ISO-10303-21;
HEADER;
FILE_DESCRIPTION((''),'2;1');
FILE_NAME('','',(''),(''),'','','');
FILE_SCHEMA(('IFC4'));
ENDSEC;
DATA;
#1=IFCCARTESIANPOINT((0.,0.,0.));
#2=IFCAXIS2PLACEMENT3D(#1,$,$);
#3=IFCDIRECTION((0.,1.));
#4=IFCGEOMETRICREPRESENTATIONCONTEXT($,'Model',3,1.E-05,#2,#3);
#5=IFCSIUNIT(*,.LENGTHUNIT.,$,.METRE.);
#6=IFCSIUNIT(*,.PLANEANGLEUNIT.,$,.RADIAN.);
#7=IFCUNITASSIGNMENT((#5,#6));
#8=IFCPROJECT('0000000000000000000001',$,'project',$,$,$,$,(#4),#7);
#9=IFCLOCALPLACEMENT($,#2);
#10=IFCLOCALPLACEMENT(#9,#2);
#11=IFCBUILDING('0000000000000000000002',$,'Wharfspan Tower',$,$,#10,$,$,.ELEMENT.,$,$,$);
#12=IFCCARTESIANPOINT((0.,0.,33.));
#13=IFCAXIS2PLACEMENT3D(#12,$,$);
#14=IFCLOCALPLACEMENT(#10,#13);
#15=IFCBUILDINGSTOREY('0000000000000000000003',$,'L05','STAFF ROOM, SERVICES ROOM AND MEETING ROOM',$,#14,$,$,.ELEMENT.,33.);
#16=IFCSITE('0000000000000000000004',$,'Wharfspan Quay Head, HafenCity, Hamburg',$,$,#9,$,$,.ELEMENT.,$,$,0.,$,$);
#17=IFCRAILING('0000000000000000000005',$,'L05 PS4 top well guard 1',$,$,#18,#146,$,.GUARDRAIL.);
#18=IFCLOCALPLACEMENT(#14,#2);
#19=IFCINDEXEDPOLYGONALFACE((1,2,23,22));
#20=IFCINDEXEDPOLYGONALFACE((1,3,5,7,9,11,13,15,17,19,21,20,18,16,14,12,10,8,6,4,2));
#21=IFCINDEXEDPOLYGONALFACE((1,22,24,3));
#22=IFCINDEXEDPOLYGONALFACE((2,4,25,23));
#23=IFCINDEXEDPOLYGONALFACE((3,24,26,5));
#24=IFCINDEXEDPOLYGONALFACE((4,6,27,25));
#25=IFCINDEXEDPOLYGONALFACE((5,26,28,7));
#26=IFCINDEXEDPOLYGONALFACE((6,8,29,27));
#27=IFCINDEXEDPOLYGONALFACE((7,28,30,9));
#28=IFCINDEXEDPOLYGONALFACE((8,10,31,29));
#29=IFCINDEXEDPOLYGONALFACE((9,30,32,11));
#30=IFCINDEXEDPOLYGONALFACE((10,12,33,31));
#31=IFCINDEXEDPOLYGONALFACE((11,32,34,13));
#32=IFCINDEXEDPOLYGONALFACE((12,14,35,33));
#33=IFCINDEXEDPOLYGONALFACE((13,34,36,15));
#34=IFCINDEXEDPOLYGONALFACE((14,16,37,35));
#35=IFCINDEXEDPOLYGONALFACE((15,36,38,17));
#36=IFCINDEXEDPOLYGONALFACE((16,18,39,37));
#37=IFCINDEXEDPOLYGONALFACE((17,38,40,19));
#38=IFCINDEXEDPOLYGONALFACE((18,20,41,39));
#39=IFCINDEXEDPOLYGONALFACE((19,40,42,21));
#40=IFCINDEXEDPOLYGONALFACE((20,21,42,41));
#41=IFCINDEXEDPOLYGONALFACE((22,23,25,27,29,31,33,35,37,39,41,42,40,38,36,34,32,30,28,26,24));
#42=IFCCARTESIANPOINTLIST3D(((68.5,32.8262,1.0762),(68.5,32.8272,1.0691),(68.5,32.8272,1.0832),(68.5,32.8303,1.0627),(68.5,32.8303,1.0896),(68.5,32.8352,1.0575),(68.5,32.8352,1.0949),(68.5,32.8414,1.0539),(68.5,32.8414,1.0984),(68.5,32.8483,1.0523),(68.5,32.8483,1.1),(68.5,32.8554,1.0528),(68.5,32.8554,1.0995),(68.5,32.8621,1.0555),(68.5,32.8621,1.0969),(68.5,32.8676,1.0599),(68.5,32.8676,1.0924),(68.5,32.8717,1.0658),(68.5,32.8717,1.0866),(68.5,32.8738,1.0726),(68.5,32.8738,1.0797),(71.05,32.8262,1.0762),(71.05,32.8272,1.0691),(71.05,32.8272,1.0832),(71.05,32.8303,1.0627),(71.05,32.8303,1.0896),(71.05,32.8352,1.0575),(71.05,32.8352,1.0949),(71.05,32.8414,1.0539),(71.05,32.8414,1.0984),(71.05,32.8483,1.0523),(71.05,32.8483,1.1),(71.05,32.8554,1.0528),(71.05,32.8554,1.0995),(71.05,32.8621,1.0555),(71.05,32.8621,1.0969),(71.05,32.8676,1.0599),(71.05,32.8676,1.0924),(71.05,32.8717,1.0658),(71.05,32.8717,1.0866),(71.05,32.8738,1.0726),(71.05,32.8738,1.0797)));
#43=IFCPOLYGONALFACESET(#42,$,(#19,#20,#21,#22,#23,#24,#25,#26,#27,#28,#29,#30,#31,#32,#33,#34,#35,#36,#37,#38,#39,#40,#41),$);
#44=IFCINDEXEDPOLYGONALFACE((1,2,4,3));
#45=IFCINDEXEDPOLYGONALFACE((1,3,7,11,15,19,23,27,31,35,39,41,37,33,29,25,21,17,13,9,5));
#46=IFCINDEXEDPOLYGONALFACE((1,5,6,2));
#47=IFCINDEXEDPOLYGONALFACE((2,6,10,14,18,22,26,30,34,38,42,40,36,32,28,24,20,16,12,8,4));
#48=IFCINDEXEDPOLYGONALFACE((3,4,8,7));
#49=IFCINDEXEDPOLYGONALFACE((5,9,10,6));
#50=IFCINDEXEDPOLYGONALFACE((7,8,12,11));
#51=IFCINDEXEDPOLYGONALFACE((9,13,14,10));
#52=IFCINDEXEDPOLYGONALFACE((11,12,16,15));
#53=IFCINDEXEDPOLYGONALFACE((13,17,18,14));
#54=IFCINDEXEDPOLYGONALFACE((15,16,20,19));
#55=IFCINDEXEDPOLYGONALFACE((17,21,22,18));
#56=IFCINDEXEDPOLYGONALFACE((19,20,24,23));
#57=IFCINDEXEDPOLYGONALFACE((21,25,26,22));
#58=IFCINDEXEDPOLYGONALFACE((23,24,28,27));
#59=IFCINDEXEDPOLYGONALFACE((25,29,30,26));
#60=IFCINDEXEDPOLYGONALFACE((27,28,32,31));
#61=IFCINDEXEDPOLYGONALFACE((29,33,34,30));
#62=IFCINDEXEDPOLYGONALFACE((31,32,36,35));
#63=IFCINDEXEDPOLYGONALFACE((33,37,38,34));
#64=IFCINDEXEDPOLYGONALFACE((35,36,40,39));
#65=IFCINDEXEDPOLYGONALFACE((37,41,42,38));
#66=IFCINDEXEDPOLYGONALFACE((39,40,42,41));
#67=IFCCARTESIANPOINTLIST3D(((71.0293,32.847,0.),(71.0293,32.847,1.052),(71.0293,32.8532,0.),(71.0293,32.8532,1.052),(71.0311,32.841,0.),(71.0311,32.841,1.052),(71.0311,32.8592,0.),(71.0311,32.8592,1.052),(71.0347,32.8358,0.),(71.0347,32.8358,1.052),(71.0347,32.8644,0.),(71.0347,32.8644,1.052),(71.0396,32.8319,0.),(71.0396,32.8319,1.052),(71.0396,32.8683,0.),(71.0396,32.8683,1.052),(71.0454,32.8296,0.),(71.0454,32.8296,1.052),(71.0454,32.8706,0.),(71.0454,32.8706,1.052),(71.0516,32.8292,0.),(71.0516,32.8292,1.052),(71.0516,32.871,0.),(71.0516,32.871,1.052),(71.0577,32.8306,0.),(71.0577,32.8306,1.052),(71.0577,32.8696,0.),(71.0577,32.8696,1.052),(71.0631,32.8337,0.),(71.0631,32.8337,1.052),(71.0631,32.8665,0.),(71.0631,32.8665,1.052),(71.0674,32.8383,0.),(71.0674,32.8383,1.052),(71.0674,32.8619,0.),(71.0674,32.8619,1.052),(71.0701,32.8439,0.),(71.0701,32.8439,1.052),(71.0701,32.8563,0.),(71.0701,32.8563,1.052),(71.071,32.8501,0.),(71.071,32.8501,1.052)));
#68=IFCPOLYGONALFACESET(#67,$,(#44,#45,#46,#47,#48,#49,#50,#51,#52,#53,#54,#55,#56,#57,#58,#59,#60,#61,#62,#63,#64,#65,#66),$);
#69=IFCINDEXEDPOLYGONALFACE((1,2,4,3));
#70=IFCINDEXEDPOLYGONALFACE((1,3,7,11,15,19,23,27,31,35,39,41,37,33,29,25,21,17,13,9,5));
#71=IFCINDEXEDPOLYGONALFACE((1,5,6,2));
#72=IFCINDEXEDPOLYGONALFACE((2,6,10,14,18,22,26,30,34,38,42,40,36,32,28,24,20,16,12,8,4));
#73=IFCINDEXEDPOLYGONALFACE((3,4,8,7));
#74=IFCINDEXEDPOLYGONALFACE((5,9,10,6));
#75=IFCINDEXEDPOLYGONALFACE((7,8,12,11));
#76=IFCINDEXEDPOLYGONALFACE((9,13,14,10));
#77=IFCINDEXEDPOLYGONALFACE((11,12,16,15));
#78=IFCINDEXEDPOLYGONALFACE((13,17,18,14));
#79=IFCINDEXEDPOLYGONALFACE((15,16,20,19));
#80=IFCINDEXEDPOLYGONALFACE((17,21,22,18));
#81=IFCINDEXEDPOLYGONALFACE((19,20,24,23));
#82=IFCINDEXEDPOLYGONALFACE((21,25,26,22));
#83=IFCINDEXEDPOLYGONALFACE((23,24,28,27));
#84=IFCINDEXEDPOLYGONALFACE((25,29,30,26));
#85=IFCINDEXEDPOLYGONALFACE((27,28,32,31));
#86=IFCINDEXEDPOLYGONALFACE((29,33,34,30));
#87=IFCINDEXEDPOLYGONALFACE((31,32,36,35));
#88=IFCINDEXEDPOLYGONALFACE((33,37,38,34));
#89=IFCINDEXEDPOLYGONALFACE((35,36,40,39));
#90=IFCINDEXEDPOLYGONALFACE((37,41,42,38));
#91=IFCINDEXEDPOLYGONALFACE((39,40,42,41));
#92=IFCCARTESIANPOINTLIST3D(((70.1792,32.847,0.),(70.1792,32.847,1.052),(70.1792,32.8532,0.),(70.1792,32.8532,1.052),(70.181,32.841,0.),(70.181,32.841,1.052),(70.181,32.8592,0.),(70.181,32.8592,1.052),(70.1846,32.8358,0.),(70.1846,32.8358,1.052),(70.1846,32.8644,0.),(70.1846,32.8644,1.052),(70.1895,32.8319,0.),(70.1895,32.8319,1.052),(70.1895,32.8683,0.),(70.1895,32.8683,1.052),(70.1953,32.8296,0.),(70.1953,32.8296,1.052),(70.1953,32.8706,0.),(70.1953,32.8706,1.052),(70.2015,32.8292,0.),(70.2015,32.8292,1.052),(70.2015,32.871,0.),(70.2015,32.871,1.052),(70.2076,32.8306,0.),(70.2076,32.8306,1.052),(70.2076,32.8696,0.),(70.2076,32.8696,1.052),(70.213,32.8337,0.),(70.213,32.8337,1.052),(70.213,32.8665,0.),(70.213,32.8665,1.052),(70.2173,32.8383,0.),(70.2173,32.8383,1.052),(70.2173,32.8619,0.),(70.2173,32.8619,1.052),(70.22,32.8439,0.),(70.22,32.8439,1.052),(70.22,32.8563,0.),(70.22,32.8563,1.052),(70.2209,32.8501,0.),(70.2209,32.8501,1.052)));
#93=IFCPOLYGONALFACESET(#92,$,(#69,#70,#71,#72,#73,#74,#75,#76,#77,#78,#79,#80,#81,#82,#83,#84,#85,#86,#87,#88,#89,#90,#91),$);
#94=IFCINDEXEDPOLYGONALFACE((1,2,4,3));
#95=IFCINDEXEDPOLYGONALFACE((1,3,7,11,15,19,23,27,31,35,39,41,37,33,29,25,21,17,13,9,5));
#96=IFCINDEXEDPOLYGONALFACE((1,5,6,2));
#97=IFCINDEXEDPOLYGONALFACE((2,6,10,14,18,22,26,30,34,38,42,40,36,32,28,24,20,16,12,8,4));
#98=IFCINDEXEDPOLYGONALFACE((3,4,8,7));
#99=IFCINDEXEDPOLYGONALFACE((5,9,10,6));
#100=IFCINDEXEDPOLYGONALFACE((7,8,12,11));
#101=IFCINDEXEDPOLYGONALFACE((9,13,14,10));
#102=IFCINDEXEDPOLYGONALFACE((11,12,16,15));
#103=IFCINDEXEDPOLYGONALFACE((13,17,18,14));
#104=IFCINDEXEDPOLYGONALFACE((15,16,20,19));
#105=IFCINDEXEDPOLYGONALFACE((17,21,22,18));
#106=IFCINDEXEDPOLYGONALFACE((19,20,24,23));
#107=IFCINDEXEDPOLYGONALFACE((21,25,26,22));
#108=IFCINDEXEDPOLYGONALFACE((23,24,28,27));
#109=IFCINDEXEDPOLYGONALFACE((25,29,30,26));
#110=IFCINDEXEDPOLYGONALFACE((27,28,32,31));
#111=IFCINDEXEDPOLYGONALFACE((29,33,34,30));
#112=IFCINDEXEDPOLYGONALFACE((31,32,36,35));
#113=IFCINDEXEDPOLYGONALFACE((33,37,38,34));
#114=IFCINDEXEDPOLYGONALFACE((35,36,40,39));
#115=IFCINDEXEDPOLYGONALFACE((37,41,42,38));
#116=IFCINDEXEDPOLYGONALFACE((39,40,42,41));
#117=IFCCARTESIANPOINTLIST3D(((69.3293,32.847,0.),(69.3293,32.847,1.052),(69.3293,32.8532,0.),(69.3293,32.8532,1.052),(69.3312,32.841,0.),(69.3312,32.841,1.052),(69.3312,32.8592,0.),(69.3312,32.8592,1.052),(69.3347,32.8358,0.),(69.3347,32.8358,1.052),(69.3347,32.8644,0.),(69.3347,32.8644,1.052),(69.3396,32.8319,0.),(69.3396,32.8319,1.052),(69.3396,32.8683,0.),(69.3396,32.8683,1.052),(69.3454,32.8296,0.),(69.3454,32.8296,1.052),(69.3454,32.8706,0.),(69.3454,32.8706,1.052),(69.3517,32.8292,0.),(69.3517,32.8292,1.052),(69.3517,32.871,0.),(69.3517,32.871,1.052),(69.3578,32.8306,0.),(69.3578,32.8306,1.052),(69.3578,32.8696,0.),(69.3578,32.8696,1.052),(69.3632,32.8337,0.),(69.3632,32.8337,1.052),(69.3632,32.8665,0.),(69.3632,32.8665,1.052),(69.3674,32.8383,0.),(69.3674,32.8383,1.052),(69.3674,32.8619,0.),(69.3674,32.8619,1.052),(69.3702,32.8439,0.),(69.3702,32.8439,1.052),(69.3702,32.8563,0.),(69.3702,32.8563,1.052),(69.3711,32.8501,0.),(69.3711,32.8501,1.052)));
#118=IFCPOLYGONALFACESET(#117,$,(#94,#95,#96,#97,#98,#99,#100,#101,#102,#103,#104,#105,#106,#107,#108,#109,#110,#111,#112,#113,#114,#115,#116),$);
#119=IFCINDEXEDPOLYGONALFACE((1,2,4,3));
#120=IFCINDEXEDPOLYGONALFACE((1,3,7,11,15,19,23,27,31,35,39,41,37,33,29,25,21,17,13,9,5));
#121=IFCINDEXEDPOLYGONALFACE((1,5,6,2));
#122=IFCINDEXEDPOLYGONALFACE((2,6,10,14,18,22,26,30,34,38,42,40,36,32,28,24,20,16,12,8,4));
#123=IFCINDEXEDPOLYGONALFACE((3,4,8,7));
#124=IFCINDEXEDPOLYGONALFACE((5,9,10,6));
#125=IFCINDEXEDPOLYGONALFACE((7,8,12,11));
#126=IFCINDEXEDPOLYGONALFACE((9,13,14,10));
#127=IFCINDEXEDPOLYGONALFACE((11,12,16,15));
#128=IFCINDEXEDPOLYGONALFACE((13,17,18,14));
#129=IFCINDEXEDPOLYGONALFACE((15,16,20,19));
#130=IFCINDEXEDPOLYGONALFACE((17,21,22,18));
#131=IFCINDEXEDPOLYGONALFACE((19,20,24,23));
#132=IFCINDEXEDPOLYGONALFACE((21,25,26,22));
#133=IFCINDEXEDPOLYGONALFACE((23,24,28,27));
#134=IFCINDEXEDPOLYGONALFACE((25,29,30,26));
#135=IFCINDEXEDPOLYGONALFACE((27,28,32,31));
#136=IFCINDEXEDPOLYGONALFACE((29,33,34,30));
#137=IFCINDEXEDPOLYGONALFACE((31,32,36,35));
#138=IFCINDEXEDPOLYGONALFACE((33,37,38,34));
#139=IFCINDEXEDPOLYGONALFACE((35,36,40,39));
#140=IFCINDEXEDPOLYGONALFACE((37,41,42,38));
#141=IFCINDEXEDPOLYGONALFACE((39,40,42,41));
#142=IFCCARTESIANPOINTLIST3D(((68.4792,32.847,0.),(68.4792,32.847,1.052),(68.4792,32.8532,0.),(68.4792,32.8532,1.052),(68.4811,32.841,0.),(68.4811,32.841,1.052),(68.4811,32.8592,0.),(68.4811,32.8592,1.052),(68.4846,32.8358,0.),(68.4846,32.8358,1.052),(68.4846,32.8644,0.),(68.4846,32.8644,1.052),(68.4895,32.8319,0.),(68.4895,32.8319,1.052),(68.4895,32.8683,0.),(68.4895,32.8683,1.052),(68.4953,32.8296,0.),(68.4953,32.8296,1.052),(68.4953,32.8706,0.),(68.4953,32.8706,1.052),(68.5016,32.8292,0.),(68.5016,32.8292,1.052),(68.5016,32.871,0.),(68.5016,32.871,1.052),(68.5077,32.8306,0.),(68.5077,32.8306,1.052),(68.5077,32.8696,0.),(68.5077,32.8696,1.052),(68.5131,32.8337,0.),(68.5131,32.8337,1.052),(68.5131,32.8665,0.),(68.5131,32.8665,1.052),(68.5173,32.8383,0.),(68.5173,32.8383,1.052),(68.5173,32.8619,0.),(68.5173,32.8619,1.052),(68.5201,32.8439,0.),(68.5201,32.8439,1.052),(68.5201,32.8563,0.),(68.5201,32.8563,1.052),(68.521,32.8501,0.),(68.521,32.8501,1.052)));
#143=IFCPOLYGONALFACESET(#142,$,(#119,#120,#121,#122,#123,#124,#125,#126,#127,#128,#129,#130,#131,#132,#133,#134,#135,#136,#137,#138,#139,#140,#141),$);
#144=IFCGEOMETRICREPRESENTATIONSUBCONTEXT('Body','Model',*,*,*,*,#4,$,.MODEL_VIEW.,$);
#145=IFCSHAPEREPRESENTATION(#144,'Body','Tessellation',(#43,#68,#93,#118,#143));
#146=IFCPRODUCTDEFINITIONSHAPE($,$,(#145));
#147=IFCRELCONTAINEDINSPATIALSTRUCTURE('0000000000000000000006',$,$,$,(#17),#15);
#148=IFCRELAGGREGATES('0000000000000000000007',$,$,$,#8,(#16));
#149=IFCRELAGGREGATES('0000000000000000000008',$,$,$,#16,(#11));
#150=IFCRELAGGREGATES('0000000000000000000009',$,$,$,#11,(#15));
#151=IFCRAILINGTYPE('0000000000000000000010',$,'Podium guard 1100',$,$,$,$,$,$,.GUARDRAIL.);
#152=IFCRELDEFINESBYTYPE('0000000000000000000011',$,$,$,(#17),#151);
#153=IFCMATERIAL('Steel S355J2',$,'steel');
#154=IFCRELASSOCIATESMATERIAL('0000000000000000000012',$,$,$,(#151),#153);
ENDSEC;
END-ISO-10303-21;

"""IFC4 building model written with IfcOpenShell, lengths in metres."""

from ifc_helpers import new_model, si_unit, direction, frame, origin, origin_2d, place, context, subcontext, project, spatial, circle, extrude, material, type_object, element, save


model = new_model("IFC4")

# Units and contexts
model_context = context("Model", 3, precision=1e-05, world=origin(), true_north=direction((0.0, 1.0)))
body_context = subcontext(model_context, "Body", "Model", "MODEL_VIEW")
ifc_project = project(units=[si_unit("LENGTHUNIT", "METRE"), si_unit("PLANEANGLEUNIT", "RADIAN")], contexts=[model_context])

# Site, building, storey
site_placement = place(None, origin())
site = spatial("IfcSite", under=ifc_project, at=site_placement, Name="Wharfspan Quay Head, HafenCity, Hamburg", CompositionType="ELEMENT", RefElevation=0.0)
building_placement = place(site_placement, origin())
building = spatial("IfcBuilding", under=site, at=building_placement, Name="Wharfspan Tower", CompositionType="ELEMENT")
storey_placement = place(building_placement, frame((0.0, 0.0, 33.0)))
storey = spatial("IfcBuildingStorey", under=building, at=storey_placement, Name="L05", Description="STAFF ROOM, SERVICES ROOM AND MEETING ROOM", CompositionType="ELEMENT", Elevation=33.0)

# Railing
ifc_material_1 = material(Name="Steel S355J2", Category="steel")
railing_type_1 = type_object("IfcRailingType", Name="Podium guard 1100", PredefinedType="GUARDRAIL", material=ifc_material_1)
railing_1_placement = place(storey_placement, frame((71.05, 32.8501, 0.0)))
element("IfcRailing", 1, at=railing_1_placement, inside=storey, type_object=railing_type_1, Name="L05 PS4 top well guard 1", PredefinedType="GUARDRAIL", context=body_context, shape_type="SweptSolid", body=[
    extrude(circle(Radius=0.0239, at=origin_2d()), frame((0.0, 0.0, 1.0762), z_axis=(-1.0, 0.0, 0.0), x_axis=(0.0, -1.0, 0.0)), (0.0, 0.0, 1.0), 2.55),
    extrude(circle(Radius=0.021, at=origin_2d()), origin(), (0.0, 0.0, 1.0), 1.052),
    extrude(circle(Radius=0.021, at=origin_2d()), frame((-0.8501, 0.0, 0.0)), (0.0, 0.0, 1.0), 1.052),
    extrude(circle(Radius=0.021, at=origin_2d()), frame((-1.7, 0.0, 0.0)), (0.0, 0.0, 1.0), 1.052),
    extrude(circle(Radius=0.021, at=origin_2d()), frame((-2.55, 0.0, 0.0)), (0.0, 0.0, 1.0), 1.052),
])

save(model, "model.ifc")
